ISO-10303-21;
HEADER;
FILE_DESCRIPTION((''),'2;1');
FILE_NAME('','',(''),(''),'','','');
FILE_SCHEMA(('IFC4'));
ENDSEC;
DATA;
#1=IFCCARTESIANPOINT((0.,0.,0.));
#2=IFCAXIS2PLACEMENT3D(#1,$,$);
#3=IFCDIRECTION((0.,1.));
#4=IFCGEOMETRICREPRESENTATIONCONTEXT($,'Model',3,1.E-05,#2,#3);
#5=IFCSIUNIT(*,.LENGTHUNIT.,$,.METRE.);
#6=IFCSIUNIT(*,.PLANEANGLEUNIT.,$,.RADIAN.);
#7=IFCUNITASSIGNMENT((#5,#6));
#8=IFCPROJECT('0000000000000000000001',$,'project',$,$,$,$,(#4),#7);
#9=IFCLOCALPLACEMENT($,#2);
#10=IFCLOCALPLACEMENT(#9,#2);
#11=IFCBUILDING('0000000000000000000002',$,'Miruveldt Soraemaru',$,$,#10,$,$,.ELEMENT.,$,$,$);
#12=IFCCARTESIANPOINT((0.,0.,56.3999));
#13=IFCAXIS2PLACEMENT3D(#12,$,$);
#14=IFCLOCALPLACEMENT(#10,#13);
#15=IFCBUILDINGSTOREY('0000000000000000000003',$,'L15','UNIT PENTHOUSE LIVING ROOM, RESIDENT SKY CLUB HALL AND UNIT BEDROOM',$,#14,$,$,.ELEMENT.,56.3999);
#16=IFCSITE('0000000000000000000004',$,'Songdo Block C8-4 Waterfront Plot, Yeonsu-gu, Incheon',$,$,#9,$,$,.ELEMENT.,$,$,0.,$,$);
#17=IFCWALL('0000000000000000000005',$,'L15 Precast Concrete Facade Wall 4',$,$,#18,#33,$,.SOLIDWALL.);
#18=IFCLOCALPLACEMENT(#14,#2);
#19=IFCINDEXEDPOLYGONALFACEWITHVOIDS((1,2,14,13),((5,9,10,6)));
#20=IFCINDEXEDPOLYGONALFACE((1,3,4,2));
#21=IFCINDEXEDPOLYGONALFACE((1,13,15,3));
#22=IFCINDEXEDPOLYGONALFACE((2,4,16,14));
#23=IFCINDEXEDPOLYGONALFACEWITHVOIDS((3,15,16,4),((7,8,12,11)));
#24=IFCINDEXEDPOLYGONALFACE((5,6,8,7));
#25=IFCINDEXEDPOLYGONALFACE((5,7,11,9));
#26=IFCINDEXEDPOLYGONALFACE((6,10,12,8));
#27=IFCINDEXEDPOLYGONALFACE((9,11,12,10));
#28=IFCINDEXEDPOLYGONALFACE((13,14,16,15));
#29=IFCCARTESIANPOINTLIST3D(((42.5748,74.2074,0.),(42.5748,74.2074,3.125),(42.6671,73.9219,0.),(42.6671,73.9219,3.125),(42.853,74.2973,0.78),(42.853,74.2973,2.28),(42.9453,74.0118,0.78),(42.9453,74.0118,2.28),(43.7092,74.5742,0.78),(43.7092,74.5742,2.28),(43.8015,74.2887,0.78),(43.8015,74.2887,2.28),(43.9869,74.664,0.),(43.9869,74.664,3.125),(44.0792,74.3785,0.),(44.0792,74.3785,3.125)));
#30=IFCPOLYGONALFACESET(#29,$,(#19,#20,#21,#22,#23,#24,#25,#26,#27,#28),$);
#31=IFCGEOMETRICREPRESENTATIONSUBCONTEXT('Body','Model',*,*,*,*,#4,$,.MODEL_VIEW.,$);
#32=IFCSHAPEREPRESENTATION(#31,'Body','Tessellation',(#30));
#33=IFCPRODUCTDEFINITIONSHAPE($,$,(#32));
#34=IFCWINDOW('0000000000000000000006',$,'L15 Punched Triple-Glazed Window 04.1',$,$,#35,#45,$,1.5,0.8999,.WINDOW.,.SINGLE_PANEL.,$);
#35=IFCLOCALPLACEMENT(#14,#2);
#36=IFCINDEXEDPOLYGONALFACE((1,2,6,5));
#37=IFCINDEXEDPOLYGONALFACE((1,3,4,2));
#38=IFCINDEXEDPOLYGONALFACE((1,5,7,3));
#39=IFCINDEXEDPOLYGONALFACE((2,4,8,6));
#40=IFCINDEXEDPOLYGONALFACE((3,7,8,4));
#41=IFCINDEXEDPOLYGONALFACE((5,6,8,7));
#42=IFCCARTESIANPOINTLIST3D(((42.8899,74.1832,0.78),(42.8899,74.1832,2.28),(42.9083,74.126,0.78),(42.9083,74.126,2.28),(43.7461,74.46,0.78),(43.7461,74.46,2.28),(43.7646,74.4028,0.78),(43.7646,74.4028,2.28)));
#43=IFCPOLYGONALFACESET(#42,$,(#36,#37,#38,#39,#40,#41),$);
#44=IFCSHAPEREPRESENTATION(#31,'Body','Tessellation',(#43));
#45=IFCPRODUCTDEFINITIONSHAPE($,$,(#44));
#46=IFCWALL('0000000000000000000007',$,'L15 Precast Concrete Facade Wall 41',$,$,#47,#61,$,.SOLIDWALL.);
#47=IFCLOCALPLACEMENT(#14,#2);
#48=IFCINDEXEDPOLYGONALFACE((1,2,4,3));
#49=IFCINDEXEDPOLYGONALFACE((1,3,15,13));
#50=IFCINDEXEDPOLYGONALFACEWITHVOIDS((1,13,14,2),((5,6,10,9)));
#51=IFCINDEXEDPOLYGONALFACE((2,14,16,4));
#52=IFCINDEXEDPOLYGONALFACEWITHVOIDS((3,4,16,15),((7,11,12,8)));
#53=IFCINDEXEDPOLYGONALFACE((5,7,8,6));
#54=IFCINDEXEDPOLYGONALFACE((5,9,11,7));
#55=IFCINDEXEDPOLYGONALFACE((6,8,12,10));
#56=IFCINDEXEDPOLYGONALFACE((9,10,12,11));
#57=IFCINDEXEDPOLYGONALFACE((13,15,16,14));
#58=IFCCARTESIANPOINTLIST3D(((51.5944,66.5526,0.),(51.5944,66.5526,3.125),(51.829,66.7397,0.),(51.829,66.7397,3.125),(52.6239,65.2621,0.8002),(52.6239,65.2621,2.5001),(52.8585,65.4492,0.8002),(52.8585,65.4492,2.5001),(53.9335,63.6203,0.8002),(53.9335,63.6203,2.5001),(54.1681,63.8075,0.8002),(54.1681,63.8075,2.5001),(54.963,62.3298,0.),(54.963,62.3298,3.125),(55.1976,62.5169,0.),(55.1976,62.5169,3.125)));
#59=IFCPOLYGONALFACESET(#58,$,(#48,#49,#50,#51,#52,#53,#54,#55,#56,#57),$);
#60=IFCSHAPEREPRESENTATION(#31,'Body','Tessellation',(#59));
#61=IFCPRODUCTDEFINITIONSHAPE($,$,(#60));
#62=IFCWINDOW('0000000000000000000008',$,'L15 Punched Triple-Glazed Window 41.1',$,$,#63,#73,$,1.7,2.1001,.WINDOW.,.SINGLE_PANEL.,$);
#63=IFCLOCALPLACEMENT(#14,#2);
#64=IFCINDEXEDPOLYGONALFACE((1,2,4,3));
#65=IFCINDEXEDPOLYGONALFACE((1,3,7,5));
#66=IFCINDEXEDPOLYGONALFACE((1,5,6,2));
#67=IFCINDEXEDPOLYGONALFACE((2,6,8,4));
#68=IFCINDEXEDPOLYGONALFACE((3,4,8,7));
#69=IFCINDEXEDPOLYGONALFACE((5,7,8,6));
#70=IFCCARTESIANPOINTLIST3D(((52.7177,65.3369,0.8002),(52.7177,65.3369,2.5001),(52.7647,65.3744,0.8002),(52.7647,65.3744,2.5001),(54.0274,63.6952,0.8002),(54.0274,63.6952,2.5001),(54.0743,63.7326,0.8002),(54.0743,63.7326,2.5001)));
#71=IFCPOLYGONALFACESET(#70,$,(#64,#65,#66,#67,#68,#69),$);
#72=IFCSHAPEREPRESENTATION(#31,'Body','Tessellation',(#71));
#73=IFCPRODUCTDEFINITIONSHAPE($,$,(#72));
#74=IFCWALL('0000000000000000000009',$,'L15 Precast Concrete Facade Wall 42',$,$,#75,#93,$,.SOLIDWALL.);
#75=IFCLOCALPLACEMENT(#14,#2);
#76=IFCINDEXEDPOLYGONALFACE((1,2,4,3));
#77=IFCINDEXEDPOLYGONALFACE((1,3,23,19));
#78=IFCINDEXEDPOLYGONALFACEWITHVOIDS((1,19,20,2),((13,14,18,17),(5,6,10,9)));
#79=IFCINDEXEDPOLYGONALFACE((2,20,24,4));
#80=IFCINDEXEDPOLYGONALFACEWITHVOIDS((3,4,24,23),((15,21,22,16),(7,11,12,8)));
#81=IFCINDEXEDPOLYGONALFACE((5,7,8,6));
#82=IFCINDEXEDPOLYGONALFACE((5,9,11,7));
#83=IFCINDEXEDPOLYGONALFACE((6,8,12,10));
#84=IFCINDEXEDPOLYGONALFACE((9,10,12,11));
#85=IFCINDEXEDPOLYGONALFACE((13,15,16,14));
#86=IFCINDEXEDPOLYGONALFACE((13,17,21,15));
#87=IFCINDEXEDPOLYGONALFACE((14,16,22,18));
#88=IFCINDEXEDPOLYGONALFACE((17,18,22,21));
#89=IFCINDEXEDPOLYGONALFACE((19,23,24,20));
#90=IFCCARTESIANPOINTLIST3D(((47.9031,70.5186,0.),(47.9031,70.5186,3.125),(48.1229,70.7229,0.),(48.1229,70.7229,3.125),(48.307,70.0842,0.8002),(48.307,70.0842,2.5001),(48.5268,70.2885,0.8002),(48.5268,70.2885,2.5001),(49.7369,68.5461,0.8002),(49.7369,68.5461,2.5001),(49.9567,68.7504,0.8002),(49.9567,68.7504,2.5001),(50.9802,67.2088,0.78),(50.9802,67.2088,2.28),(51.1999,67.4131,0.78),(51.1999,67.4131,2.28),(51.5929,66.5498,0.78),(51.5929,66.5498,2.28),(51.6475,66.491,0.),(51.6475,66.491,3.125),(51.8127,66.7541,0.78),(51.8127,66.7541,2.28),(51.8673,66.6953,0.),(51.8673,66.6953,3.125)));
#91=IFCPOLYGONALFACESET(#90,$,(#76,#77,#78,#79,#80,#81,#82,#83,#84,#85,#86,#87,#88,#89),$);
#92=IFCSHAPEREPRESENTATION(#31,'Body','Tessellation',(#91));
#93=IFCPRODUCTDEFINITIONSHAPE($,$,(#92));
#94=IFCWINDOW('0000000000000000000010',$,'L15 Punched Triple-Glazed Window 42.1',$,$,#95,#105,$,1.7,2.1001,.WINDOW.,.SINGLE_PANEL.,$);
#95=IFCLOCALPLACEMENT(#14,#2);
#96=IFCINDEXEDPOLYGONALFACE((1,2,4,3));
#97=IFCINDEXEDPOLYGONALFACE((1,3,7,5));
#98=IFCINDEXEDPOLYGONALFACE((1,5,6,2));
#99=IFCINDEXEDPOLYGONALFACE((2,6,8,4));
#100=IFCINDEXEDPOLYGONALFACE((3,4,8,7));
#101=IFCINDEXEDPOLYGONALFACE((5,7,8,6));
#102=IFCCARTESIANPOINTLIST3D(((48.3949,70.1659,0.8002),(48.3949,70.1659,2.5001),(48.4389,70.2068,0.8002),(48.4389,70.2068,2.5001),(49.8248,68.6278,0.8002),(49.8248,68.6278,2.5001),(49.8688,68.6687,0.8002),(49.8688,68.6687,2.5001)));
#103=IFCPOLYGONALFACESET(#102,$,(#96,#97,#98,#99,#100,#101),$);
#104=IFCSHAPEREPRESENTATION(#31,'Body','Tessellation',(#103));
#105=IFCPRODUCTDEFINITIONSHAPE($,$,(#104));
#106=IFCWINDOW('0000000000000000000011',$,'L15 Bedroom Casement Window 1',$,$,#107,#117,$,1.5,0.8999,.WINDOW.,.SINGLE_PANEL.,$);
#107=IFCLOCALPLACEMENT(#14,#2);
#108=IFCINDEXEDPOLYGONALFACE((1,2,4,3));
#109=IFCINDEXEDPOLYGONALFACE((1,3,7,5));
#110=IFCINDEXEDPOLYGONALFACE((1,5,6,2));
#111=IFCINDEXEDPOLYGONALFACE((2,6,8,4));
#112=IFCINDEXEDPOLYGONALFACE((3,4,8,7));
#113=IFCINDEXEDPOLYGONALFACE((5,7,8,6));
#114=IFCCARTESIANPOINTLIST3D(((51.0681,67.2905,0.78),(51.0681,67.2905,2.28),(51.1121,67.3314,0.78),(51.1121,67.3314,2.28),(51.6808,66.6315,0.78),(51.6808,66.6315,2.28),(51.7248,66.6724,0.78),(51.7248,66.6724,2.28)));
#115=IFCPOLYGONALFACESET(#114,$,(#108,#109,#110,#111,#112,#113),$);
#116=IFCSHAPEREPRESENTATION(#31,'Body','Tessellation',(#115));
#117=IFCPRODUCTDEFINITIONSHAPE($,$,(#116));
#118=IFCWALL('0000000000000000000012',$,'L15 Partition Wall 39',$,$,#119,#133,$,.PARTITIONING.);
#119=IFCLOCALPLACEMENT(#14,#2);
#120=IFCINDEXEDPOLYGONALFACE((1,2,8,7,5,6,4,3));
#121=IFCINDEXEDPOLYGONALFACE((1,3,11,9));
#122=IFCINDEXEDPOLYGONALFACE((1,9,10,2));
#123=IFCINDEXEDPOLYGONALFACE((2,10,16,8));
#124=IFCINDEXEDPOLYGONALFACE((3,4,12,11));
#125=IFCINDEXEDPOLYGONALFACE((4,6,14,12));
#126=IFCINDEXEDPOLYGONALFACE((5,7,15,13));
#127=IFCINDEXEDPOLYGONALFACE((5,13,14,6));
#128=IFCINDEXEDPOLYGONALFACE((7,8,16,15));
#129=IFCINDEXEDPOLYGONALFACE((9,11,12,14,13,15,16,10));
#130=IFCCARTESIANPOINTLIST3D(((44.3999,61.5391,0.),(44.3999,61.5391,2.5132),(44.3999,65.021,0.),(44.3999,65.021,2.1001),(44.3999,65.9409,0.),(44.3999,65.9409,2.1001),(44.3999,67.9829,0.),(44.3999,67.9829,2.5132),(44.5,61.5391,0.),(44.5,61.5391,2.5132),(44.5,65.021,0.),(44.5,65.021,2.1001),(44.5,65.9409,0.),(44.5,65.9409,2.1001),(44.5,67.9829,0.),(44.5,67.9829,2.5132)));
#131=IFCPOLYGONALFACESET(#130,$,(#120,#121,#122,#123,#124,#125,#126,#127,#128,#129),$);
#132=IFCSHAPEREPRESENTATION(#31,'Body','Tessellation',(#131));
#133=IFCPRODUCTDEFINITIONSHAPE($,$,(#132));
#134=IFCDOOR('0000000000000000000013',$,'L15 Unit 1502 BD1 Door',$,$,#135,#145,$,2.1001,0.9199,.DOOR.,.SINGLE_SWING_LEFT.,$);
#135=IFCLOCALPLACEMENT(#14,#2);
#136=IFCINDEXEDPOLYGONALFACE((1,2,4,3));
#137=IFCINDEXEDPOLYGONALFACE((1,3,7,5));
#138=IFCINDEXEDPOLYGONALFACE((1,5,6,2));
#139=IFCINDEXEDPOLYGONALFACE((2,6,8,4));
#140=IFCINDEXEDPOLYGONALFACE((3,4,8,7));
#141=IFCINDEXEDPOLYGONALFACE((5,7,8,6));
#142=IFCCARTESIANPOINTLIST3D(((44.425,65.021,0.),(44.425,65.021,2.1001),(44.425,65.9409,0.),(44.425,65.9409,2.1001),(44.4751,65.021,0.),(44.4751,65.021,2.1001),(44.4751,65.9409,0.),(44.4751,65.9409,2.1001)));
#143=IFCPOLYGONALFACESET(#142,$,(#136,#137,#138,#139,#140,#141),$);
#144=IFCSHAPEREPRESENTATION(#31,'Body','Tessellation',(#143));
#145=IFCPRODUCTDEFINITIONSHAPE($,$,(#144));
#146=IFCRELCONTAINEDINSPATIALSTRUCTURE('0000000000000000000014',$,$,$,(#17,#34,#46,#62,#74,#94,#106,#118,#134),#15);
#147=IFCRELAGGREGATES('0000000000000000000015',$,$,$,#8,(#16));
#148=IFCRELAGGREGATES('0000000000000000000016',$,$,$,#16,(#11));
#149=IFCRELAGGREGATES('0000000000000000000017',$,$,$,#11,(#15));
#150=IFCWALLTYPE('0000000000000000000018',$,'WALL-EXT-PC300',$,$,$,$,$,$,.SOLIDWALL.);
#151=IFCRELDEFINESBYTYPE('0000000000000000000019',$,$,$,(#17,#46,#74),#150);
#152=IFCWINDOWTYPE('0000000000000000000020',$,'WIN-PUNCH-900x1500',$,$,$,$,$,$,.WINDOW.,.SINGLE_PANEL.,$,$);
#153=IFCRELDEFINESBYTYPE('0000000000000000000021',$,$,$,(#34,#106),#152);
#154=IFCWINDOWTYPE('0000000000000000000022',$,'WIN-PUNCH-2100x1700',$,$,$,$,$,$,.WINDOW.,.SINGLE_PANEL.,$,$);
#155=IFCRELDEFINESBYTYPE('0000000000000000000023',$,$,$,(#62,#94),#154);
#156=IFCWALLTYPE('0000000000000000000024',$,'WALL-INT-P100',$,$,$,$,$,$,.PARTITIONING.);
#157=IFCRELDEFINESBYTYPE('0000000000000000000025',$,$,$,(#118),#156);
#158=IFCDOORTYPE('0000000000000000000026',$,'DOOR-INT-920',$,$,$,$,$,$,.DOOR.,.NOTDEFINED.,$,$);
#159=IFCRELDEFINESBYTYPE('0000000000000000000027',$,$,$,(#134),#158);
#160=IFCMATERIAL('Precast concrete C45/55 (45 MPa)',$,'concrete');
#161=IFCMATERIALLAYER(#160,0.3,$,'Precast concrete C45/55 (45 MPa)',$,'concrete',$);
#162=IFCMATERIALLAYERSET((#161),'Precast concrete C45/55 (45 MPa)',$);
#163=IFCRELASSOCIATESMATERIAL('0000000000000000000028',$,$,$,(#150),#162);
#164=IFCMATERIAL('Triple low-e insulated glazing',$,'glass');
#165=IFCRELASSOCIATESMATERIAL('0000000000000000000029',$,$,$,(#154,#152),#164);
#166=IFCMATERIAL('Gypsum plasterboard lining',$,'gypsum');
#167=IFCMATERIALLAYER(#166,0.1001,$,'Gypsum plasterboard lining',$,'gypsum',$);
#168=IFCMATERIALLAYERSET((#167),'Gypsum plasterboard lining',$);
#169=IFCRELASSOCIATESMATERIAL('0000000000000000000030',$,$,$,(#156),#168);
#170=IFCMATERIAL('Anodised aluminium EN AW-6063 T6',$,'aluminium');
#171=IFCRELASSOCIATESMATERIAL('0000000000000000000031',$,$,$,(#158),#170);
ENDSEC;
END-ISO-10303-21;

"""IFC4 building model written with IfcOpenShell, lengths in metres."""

from ifc_helpers import new_model, si_unit, direction, frame, frame_2d, origin, place, context, subcontext, project, spatial, rectangle, extrude, material, layer, layer_set, type_object, element, fill, save


model = new_model("IFC4")

# Units and contexts
model_context = context("Model", 3, precision=1e-05, world=origin(), true_north=direction((0.0, 1.0)))
body_context = subcontext(model_context, "Body", "Model", "MODEL_VIEW")
ifc_project = project(units=[si_unit("LENGTHUNIT", "METRE"), si_unit("PLANEANGLEUNIT", "RADIAN")], contexts=[model_context])

# Site, building, storey
site_placement = place(None, origin())
site = spatial("IfcSite", under=ifc_project, at=site_placement, Name="Songdo Block C8-4 Waterfront Plot, Yeonsu-gu, Incheon", CompositionType="ELEMENT", RefElevation=0.0)
building_placement = place(site_placement, origin())
building = spatial("IfcBuilding", under=site, at=building_placement, Name="Miruveldt Soraemaru", CompositionType="ELEMENT")
storey_placement = place(building_placement, frame((0.0, 0.0, 56.3999)))
storey = spatial("IfcBuildingStorey", under=building, at=storey_placement, Name="L15", Description="UNIT PENTHOUSE LIVING ROOM, RESIDENT SKY CLUB HALL AND UNIT BEDROOM", CompositionType="ELEMENT", Elevation=56.3999)

# Shared definitions
ifc_material_1 = material(Name="Anodised aluminium EN AW-6063 T6", Category="aluminium")

# Shared definitions
ifc_material_2 = material(Name="Precast concrete C45/55 (45 MPa)", Category="concrete")
ifc_layer_1 = layer(ifc_material_2, 0.3, Name="Precast concrete C45/55 (45 MPa)", Category="concrete")
ifc_layer_set_1 = layer_set([ifc_layer_1], Name="Precast concrete C45/55 (45 MPa)")
wall_type_1 = type_object("IfcWallType", Name="WALL-EXT-PC300", PredefinedType="SOLIDWALL", material=ifc_layer_set_1)
ifc_material_3 = material(Name="Triple low-e insulated glazing", Category="glass")
window_type_1 = type_object("IfcWindowType", Name="WIN-PUNCH-2100x1700", PartitioningType="SINGLE_PANEL", PredefinedType="WINDOW", material=ifc_material_3)

# Walls, openings, windows
wall_1_placement = place(storey_placement, frame((44.0332, 74.5212, 0.0), z_axis=(0.0, 0.0, 1.0), x_axis=(-0.951507, -0.307628, 0.0)))
wall_1 = element("IfcWall", 1, at=wall_1_placement, inside=storey, type_object=wall_type_1, Name="L15 Precast Concrete Facade Wall 4", PredefinedType="SOLIDWALL", context=body_context, shape_type="SweptSolid", body=[
    extrude(rectangle(XDim=1.4841, YDim=0.3, at=frame_2d((0.7422, 0.0))), origin(), (0.0, 0.0, 1.0), 3.125),
])
opening_1_placement = place(wall_1_placement, frame((0.292, 0.0, 0.78)))
opening_1 = element("IfcOpeningElement", 2, at=opening_1_placement, cuts=wall_1, PredefinedType="OPENING", context=body_context, shape_type="SweptSolid", body=[
    extrude(rectangle(XDim=0.8999, YDim=1.5, at=frame_2d((0.45, 0.75))), frame((0.0, 0.1602, 0.0), z_axis=(0.0, -1.0, 0.0), x_axis=(1.0, 0.0, 0.0)), (0.0, 0.0, 1.0), 0.3201),
])
window_type_2 = type_object("IfcWindowType", Name="WIN-PUNCH-900x1500", PartitioningType="SINGLE_PANEL", PredefinedType="WINDOW", material=ifc_material_3)
window_1_placement = place(opening_1_placement, origin())
window_1 = element("IfcWindow", 3, at=window_1_placement, inside=storey, type_object=window_type_2, Name="L15 Punched Triple-Glazed Window 04.1", OverallHeight=1.5, OverallWidth=0.8999, PartitioningType="SINGLE_PANEL", PredefinedType="WINDOW", context=body_context, shape_type="SweptSolid", body=[
    extrude(rectangle(XDim=0.8999, YDim=1.5, at=frame_2d((0.45, 0.75))), frame((0.0, 0.03, 0.0), z_axis=(0.0, -1.0, 0.0), x_axis=(1.0, 0.0, 0.0)), (0.0, 0.0, 1.0), 0.0601),
])
fill(opening_1, window_1)
wall_2_placement = place(storey_placement, frame((55.0803, 62.4233, 0.0), z_axis=(0.0, 0.0, 1.0), x_axis=(-0.623603, 0.781741, 0.0)))
wall_2 = element("IfcWall", 4, at=wall_2_placement, inside=storey, type_object=wall_type_1, Name="L15 Precast Concrete Facade Wall 41", PredefinedType="SOLIDWALL", context=body_context, shape_type="SweptSolid", body=[
    extrude(rectangle(XDim=5.4019, YDim=0.3, at=frame_2d((2.7009, 0.0))), origin(), (0.0, 0.0, 1.0), 3.125),
])
opening_2_placement = place(wall_2_placement, frame((1.6509, 0.0, 0.8)))
opening_2 = element("IfcOpeningElement", 5, at=opening_2_placement, cuts=wall_2, PredefinedType="OPENING", context=body_context, shape_type="SweptSolid", body=[
    extrude(rectangle(XDim=2.1001, YDim=1.7, at=frame_2d((1.05, 0.8501))), frame((0.0, 0.1602, 0.0), z_axis=(0.0, -1.0, 0.0), x_axis=(1.0, 0.0, 0.0)), (0.0, 0.0, 1.0), 0.3201),
])
window_2_placement = place(opening_2_placement, origin())
window_2 = element("IfcWindow", 6, at=window_2_placement, inside=storey, type_object=window_type_1, Name="L15 Punched Triple-Glazed Window 41.1", OverallHeight=1.7, OverallWidth=2.1001, PartitioningType="SINGLE_PANEL", PredefinedType="WINDOW", context=body_context, shape_type="SweptSolid", body=[
    extrude(rectangle(XDim=2.1001, YDim=1.7, at=frame_2d((1.05, 0.8501))), frame((0.0, 0.03, 0.0), z_axis=(0.0, -1.0, 0.0), x_axis=(1.0, 0.0, 0.0)), (0.0, 0.0, 1.0), 0.0601),
])
fill(opening_2, window_2)

# Wall, openings, windows
wall_3_placement = place(storey_placement, frame((51.7573, 66.5933, 0.0), z_axis=(0.0, 0.0, 1.0), x_axis=(-0.680889, 0.732387, 0.0)))
wall_3 = element("IfcWall", 7, at=wall_3_placement, inside=storey, type_object=wall_type_1, Name="L15 Precast Concrete Facade Wall 42", PredefinedType="SOLIDWALL", context=body_context, shape_type="SweptSolid", body=[
    extrude(rectangle(XDim=5.4993, YDim=0.3, at=frame_2d((2.7495, 0.0))), origin(), (0.0, 0.0, 1.0), 3.125),
])
opening_3_placement = place(wall_3_placement, frame((2.8059, 0.0, 0.8)))
opening_3 = element("IfcOpeningElement", 8, at=opening_3_placement, cuts=wall_3, PredefinedType="OPENING", context=body_context, shape_type="SweptSolid", body=[
    extrude(rectangle(XDim=2.1001, YDim=1.7, at=frame_2d((1.05, 0.8501))), frame((0.0, 0.1602, 0.0), z_axis=(0.0, -1.0, 0.0), x_axis=(1.0, 0.0, 0.0)), (0.0, 0.0, 1.0), 0.3201),
])
opening_4_placement = place(wall_3_placement, frame((0.0801, 0.0, 0.78)))
opening_4 = element("IfcOpeningElement", 9, at=opening_4_placement, cuts=wall_3, PredefinedType="OPENING", context=body_context, shape_type="SweptSolid", body=[
    extrude(rectangle(XDim=0.8999, YDim=1.5, at=frame_2d((0.45, 0.75))), frame((0.0, 0.1602, 0.0), z_axis=(0.0, -1.0, 0.0), x_axis=(1.0, 0.0, 0.0)), (0.0, 0.0, 1.0), 0.3201),
])
window_3_placement = place(opening_3_placement, origin())
window_3 = element("IfcWindow", 10, at=window_3_placement, inside=storey, type_object=window_type_1, Name="L15 Punched Triple-Glazed Window 42.1", OverallHeight=1.7, OverallWidth=2.1001, PartitioningType="SINGLE_PANEL", PredefinedType="WINDOW", context=body_context, shape_type="SweptSolid", body=[
    extrude(rectangle(XDim=2.1001, YDim=1.7, at=frame_2d((1.05, 0.8501))), frame((0.0, 0.03, 0.0), z_axis=(0.0, -1.0, 0.0), x_axis=(1.0, 0.0, 0.0)), (0.0, 0.0, 1.0), 0.0601),
])
fill(opening_3, window_3)
window_4_placement = place(opening_4_placement, origin())
window_4 = element("IfcWindow", 11, at=window_4_placement, inside=storey, type_object=window_type_2, Name="L15 Bedroom Casement Window 1", OverallHeight=1.5, OverallWidth=0.8999, PartitioningType="SINGLE_PANEL", PredefinedType="WINDOW", context=body_context, shape_type="SweptSolid", body=[
    extrude(rectangle(XDim=0.8999, YDim=1.5, at=frame_2d((0.45, 0.75))), frame((0.0, 0.03, 0.0), z_axis=(0.0, -1.0, 0.0), x_axis=(1.0, 0.0, 0.0)), (0.0, 0.0, 1.0), 0.0601),
])
fill(opening_4, window_4)

# Wall, opening, door
ifc_material_4 = material(Name="Gypsum plasterboard lining", Category="gypsum")
ifc_layer_2 = layer(ifc_material_4, 0.1001, Name="Gypsum plasterboard lining", Category="gypsum")
ifc_layer_set_2 = layer_set([ifc_layer_2], Name="Gypsum plasterboard lining")
wall_type_2 = type_object("IfcWallType", Name="WALL-INT-P100", PredefinedType="PARTITIONING", material=ifc_layer_set_2)
wall_4_placement = place(storey_placement, frame((44.45, 61.5391, 0.0), z_axis=(0.0, 0.0, 1.0), x_axis=(0.0, 1.0, 0.0)))
wall_4 = element("IfcWall", 12, at=wall_4_placement, inside=storey, type_object=wall_type_2, Name="L15 Partition Wall 39", PredefinedType="PARTITIONING", context=body_context, shape_type="SweptSolid", body=[
    extrude(rectangle(XDim=6.4438, YDim=0.1001, at=frame_2d((3.2219, 0.0))), origin(), (0.0, 0.0, 1.0), 2.5132),
])
opening_5_placement = place(wall_4_placement, frame((3.4819, 0.0, 0.0)))
opening_5 = element("IfcOpeningElement", 13, at=opening_5_placement, cuts=wall_4, PredefinedType="OPENING", context=body_context, shape_type="SweptSolid", body=[
    extrude(rectangle(XDim=0.9199, YDim=2.1001, at=frame_2d((0.46, 1.05))), frame((0.0, 0.0601, 0.0), z_axis=(0.0, -1.0, 0.0), x_axis=(1.0, 0.0, 0.0)), (0.0, 0.0, 1.0), 0.1201),
])
door_type = type_object("IfcDoorType", Name="DOOR-INT-920", OperationType="NOTDEFINED", PredefinedType="DOOR", material=ifc_material_1)
door_1_placement = place(opening_5_placement, origin())
door_1 = element("IfcDoor", 14, at=door_1_placement, inside=storey, type_object=door_type, Name="L15 Unit 1502 BD1 Door", OperationType="SINGLE_SWING_LEFT", OverallHeight=2.1001, OverallWidth=0.9199, PredefinedType="DOOR", context=body_context, shape_type="SweptSolid", body=[
    extrude(rectangle(XDim=0.9199, YDim=2.1001, at=frame_2d((0.46, 1.05))), frame((0.0, 0.0249, 0.0), z_axis=(0.0, -1.0, 0.0), x_axis=(1.0, 0.0, 0.0)), (0.0, 0.0, 1.0), 0.05),
])
fill(opening_5, door_1)

save(model, "model.ifc")
